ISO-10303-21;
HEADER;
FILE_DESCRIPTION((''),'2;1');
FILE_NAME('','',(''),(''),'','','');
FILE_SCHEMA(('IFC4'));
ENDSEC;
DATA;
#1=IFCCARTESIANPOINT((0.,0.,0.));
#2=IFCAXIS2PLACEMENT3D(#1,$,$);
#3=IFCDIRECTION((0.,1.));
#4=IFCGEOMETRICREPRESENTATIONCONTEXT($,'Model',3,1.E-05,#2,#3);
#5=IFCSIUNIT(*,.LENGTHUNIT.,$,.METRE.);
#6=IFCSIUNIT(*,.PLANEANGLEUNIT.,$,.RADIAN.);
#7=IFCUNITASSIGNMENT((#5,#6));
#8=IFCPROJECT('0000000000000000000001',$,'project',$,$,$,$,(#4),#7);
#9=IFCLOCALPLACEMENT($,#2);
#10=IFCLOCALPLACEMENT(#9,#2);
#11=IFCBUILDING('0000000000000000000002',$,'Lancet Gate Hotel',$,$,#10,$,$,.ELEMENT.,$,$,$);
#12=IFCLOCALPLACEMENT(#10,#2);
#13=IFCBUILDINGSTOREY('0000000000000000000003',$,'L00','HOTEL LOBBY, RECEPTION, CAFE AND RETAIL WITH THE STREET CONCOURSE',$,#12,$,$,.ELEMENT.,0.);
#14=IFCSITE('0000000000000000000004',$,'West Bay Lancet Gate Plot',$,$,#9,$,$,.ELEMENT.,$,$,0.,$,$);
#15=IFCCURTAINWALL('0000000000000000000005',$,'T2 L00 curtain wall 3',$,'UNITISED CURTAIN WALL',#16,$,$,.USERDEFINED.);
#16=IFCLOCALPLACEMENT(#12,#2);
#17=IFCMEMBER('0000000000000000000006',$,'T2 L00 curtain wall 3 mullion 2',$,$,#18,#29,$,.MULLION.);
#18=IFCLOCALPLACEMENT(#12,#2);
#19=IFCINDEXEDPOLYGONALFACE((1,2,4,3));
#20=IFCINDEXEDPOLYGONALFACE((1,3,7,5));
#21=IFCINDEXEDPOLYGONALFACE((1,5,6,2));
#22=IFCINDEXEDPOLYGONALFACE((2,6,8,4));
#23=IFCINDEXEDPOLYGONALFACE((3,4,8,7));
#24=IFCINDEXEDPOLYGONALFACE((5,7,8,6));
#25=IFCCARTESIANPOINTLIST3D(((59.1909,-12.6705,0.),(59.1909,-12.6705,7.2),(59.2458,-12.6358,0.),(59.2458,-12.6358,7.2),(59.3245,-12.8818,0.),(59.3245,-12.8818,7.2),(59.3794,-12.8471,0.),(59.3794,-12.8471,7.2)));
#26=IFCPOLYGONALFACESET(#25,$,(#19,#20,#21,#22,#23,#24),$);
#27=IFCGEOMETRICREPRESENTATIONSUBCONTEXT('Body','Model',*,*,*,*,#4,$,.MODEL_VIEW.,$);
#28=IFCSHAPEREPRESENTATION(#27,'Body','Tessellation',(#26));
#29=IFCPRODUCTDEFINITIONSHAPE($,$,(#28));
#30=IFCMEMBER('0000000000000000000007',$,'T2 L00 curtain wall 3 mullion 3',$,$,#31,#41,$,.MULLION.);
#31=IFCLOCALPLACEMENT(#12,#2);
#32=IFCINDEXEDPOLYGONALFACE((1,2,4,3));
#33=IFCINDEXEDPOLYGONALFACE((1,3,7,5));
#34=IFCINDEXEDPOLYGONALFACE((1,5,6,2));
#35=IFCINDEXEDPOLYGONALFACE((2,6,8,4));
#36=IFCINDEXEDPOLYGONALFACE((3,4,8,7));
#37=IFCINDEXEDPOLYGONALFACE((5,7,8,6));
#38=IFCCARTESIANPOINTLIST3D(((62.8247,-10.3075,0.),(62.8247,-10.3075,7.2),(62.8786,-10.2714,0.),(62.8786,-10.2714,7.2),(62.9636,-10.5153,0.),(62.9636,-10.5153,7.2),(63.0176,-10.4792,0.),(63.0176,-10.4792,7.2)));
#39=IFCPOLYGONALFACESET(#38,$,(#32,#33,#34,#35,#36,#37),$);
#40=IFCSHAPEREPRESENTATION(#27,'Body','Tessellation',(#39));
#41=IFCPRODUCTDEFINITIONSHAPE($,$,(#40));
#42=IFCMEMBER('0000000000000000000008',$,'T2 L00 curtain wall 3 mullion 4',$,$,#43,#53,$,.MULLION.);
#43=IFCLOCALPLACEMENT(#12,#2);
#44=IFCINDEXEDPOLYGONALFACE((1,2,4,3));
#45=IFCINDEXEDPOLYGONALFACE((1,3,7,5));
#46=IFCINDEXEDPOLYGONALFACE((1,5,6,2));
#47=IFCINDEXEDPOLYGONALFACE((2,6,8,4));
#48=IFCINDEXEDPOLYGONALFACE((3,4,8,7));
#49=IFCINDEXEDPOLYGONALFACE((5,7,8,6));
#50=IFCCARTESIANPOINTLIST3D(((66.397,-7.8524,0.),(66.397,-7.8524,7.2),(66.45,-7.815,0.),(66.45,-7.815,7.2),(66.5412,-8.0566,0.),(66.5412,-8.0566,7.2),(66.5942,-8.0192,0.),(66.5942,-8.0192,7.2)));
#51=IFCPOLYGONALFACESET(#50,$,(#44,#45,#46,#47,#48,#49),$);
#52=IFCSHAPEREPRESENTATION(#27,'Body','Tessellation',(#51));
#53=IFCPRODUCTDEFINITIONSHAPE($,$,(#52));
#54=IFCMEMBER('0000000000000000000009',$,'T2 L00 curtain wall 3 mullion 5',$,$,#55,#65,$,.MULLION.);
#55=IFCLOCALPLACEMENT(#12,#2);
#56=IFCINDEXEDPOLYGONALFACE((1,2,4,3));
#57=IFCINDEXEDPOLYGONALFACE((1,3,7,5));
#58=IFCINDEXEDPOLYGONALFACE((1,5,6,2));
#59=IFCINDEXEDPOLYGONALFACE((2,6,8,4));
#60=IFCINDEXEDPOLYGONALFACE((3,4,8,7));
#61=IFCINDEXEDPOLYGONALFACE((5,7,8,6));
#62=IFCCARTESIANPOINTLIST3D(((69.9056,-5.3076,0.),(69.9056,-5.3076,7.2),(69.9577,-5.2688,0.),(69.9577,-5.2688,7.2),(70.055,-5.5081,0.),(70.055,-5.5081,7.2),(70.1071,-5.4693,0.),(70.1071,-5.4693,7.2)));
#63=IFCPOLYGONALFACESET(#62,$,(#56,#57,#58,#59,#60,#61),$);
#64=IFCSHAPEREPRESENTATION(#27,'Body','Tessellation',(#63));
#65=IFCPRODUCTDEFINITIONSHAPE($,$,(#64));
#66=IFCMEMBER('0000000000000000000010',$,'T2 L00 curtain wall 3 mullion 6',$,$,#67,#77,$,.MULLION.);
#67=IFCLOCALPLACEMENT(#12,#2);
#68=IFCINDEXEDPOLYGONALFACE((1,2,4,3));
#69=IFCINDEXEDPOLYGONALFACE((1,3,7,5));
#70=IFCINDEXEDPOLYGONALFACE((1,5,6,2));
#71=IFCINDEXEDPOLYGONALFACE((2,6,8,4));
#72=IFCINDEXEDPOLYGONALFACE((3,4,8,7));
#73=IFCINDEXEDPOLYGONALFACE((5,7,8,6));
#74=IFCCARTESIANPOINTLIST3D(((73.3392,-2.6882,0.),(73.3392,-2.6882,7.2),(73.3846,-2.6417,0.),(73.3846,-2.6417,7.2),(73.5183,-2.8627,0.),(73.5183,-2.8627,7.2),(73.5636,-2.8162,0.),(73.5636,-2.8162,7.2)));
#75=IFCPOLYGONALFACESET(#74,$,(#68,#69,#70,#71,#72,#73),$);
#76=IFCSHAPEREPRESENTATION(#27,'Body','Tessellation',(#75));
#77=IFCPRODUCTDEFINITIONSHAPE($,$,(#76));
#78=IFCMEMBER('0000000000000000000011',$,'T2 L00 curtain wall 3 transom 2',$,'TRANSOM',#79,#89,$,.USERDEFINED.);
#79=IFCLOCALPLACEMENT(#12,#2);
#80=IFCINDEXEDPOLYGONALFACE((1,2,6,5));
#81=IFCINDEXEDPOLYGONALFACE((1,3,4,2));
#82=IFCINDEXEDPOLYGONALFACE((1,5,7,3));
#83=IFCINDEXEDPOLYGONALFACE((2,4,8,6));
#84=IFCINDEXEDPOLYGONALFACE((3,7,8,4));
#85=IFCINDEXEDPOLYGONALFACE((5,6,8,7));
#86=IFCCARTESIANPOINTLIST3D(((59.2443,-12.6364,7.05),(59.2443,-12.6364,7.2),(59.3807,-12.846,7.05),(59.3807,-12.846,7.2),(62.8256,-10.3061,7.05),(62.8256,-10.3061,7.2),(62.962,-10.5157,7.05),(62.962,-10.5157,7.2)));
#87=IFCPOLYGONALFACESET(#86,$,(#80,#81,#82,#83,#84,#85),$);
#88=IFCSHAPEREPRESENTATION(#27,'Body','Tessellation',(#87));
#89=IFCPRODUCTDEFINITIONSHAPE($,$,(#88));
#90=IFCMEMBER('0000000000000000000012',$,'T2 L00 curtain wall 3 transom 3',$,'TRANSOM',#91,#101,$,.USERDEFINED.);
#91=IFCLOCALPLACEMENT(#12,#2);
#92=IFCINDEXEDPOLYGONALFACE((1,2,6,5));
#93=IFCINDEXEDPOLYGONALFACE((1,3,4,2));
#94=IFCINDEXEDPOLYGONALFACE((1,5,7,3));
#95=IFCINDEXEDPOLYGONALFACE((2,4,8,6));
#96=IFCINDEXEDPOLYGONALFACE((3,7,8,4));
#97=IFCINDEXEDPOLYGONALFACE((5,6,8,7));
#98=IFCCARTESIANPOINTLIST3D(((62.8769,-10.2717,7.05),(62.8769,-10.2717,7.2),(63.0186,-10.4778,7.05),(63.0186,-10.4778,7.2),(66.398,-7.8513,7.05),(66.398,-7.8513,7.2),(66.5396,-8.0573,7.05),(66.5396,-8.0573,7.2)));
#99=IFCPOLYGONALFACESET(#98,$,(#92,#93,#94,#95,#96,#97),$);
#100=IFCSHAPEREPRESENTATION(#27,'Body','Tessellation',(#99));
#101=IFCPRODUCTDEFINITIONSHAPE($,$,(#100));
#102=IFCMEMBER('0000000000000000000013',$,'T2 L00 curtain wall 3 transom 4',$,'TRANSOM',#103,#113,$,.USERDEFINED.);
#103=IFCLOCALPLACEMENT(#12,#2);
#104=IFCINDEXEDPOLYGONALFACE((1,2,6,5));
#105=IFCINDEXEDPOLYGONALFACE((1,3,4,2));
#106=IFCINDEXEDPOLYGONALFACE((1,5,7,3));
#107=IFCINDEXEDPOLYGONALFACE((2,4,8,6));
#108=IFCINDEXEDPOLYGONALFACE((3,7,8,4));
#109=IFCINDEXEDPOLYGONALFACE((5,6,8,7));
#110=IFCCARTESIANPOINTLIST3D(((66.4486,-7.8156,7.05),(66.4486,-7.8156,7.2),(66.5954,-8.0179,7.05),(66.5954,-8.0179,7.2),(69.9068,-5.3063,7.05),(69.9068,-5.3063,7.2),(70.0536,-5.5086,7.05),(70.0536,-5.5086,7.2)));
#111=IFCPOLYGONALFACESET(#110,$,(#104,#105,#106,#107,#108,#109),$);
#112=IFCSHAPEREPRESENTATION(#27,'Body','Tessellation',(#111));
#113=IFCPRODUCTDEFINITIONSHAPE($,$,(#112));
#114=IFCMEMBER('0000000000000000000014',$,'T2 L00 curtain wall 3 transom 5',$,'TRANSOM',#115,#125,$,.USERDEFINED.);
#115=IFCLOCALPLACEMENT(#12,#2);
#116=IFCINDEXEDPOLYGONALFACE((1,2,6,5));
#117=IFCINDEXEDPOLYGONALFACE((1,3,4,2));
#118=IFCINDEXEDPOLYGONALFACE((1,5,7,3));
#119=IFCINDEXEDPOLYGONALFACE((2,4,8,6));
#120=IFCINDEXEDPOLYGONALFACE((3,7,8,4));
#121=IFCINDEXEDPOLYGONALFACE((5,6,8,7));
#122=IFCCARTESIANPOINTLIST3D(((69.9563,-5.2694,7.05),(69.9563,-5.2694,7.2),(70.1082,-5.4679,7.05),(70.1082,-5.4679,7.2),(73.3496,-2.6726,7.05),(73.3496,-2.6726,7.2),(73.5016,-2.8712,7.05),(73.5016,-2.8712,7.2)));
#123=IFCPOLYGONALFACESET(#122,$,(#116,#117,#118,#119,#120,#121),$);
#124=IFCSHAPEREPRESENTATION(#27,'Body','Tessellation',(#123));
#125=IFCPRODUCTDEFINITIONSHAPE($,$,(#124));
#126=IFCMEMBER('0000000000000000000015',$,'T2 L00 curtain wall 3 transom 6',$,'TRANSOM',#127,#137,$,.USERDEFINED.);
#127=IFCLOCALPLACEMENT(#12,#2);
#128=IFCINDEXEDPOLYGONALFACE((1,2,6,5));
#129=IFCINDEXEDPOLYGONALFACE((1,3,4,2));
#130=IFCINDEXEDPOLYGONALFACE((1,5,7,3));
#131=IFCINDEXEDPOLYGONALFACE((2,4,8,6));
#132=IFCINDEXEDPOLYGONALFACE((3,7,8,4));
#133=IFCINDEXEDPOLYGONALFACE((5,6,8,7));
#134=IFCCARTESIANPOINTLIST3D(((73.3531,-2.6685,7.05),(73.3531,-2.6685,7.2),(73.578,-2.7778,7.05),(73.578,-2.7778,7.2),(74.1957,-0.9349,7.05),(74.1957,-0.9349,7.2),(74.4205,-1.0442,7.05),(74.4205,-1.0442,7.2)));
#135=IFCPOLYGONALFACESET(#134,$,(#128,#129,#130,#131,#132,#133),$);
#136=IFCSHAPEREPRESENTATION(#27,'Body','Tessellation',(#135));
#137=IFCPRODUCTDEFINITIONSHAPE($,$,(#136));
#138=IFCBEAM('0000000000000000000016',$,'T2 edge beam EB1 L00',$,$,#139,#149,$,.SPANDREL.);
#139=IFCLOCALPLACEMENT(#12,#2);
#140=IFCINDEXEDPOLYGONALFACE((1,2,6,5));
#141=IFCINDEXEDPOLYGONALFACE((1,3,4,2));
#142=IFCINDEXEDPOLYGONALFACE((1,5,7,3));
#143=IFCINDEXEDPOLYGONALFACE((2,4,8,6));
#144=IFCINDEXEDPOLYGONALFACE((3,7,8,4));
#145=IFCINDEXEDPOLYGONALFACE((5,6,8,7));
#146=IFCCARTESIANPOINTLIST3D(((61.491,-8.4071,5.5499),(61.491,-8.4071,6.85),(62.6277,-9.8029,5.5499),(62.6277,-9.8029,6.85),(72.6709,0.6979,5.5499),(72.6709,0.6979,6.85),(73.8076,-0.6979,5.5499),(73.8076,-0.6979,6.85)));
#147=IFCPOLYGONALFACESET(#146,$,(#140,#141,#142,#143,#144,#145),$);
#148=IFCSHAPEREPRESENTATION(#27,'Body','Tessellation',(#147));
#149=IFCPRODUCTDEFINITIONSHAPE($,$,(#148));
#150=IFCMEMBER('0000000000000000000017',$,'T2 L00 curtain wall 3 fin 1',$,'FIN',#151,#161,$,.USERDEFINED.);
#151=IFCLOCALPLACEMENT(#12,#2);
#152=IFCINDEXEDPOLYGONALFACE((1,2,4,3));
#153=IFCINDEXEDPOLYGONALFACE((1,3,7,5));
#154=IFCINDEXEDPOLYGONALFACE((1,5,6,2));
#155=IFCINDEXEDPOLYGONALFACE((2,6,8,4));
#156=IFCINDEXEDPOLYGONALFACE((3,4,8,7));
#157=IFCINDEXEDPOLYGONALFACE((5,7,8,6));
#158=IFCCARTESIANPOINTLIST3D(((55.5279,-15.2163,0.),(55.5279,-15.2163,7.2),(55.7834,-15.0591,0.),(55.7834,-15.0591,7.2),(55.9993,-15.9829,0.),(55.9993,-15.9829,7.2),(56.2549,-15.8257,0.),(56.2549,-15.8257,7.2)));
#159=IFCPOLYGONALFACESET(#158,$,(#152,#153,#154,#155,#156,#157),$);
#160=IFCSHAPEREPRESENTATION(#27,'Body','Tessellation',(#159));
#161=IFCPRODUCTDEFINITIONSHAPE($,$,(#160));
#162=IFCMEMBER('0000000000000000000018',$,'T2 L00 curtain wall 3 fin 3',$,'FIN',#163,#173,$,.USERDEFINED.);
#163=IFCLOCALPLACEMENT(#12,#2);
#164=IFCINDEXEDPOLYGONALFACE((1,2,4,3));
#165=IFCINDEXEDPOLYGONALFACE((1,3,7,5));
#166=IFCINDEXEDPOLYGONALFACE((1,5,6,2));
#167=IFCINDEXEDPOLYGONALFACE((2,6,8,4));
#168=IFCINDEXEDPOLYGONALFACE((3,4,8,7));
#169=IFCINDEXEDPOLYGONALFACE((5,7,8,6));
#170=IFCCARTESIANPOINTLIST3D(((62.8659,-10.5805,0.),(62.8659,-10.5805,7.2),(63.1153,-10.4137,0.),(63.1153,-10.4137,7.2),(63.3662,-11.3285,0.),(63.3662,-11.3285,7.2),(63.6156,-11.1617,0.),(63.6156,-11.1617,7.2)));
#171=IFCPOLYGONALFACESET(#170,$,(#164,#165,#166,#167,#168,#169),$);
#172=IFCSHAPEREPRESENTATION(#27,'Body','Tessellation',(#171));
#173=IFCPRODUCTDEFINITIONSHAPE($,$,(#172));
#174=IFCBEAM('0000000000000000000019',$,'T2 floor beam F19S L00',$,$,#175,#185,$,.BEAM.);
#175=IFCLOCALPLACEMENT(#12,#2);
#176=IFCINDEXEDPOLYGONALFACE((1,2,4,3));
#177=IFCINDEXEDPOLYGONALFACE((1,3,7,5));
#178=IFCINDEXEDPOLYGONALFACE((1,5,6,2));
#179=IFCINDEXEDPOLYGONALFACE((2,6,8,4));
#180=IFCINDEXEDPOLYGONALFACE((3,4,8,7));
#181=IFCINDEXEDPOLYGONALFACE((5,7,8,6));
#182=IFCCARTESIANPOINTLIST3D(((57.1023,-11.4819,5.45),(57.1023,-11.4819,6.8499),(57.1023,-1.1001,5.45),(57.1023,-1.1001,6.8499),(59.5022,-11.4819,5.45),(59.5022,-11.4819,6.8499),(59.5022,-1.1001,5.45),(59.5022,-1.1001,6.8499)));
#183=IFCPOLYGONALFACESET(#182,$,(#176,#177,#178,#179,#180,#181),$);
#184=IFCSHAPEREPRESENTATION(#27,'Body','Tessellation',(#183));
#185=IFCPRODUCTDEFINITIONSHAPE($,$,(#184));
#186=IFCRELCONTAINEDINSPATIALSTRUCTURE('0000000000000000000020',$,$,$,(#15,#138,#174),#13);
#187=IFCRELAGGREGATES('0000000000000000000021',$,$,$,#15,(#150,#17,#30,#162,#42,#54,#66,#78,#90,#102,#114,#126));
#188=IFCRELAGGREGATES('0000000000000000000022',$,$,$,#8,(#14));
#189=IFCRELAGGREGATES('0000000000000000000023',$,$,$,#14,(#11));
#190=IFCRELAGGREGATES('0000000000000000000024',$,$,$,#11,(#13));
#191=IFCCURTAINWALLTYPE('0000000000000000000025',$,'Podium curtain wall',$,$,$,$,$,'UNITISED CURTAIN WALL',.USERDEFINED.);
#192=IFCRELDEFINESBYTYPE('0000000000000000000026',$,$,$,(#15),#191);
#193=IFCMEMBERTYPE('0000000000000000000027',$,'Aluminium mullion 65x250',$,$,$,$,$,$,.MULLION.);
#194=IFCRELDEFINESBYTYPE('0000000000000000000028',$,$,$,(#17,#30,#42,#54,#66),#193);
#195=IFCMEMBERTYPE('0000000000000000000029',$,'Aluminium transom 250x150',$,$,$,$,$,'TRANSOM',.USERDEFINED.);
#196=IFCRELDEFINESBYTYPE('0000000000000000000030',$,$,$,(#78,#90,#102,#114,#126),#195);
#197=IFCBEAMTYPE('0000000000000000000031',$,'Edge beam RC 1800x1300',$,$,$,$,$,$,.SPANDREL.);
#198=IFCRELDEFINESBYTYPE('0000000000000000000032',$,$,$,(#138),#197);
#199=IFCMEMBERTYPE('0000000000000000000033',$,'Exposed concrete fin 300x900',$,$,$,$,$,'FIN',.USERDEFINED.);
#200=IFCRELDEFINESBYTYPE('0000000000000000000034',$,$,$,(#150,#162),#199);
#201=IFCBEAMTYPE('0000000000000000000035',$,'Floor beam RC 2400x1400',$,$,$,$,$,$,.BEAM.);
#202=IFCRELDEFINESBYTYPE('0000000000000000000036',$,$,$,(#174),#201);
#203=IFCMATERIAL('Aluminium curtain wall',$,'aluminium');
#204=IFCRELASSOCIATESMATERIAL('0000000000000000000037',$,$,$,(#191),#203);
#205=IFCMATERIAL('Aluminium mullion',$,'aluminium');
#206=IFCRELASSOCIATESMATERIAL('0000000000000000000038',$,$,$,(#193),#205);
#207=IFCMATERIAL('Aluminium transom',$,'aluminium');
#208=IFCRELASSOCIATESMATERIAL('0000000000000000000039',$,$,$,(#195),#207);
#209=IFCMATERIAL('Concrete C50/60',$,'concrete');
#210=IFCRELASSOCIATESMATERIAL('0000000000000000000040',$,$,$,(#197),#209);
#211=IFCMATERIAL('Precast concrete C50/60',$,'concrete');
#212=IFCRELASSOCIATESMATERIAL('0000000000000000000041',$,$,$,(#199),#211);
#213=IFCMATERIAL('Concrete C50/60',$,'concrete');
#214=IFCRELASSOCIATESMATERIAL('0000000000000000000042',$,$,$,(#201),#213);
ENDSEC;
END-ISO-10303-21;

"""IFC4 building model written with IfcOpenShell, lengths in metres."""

from ifc_helpers import new_model, si_unit, direction, frame, origin, origin_2d, place, context, subcontext, project, spatial, rectangle, extrude, material, material_profile, profile_set, type_object, element, aggregate, save


model = new_model("IFC4")

# Units and contexts
model_context = context("Model", 3, precision=1e-05, world=origin(), true_north=direction((0.0, 1.0)))
body_context = subcontext(model_context, "Body", "Model", "MODEL_VIEW")
ifc_project = project(units=[si_unit("LENGTHUNIT", "METRE"), si_unit("PLANEANGLEUNIT", "RADIAN")], contexts=[model_context])

# Site, building, storey
site_placement = place(None, origin())
site = spatial("IfcSite", under=ifc_project, at=site_placement, Name="West Bay Lancet Gate Plot", CompositionType="ELEMENT", RefElevation=0.0)
building_placement = place(site_placement, origin())
building = spatial("IfcBuilding", under=site, at=building_placement, Name="Lancet Gate Hotel", CompositionType="ELEMENT")
storey_placement = place(building_placement, origin())
storey = spatial("IfcBuildingStorey", under=building, at=storey_placement, Name="L00", Description="HOTEL LOBBY, RECEPTION, CAFE AND RETAIL WITH THE STREET CONCOURSE", CompositionType="ELEMENT", Elevation=0.0)

# Curtain wall, members
ifc_material_1 = material(Name="Aluminium curtain wall", Category="aluminium")
curtain_wall_type = type_object("IfcCurtainWallType", Name="Podium curtain wall", ElementType="UNITISED CURTAIN WALL", PredefinedType="USERDEFINED", material=ifc_material_1)
curtain_wall_placement = place(storey_placement, origin())
curtain_wall = element("IfcCurtainWall", 1, at=curtain_wall_placement, inside=storey, type_object=curtain_wall_type, Name="T2 L00 curtain wall 3", ObjectType="UNITISED CURTAIN WALL", PredefinedType="USERDEFINED")
ifc_material_2 = material(Name="Aluminium mullion", Category="aluminium")
ifc_material_profile_1 = material_profile(ifc_material_2, rectangle(XDim=0.0649, YDim=0.25, at=origin_2d()), Name="MULLION 65x250")
ifc_profile_set_1 = profile_set([ifc_material_profile_1], Name="Aluminium mullion")
member_type_1 = type_object("IfcMemberType", Name="Aluminium mullion 65x250", PredefinedType="MULLION", material=ifc_profile_set_1)
member_1_placement = place(storey_placement, frame((59.2852, -12.7588, 0.0), z_axis=(0.0, 0.0, 1.0), x_axis=(0.845079, 0.534641, 0.0)))
member_1 = element("IfcMember", 2, at=member_1_placement, type_object=member_type_1, Name="T2 L00 curtain wall 3 mullion 2", PredefinedType="MULLION", context=body_context, shape_type="SweptSolid", body=[
    extrude(rectangle(XDim=0.0649, YDim=0.25, at=origin_2d()), origin(), (0.0, 0.0, 1.0), 7.2),
])
member_2_placement = place(storey_placement, frame((62.9211, -10.3933, 0.0), z_axis=(0.0, 0.0, 1.0), x_axis=(0.831198, 0.555976, 0.0)))
member_2 = element("IfcMember", 3, at=member_2_placement, type_object=member_type_1, Name="T2 L00 curtain wall 3 mullion 3", PredefinedType="MULLION", context=body_context, shape_type="SweptSolid", body=[
    extrude(rectangle(XDim=0.0649, YDim=0.25, at=origin_2d()), origin(), (0.0, 0.0, 1.0), 7.2),
])
member_3_placement = place(storey_placement, frame((66.4956, -7.9358, 0.0), z_axis=(0.0, 0.0, 1.0), x_axis=(0.816779, 0.576951, 0.0)))
member_3 = element("IfcMember", 4, at=member_3_placement, type_object=member_type_1, Name="T2 L00 curtain wall 3 mullion 4", PredefinedType="MULLION", context=body_context, shape_type="SweptSolid", body=[
    extrude(rectangle(XDim=0.0649, YDim=0.25, at=origin_2d()), origin(), (0.0, 0.0, 1.0), 7.2),
])
member_4_placement = place(storey_placement, frame((70.0063, -5.3884, 0.0), z_axis=(0.0, 0.0, 1.0), x_axis=(0.80183, 0.597552, 0.0)))
member_4 = element("IfcMember", 5, at=member_4_placement, type_object=member_type_1, Name="T2 L00 curtain wall 3 mullion 5", PredefinedType="MULLION", context=body_context, shape_type="SweptSolid", body=[
    extrude(rectangle(XDim=0.0649, YDim=0.25, at=origin_2d()), origin(), (0.0, 0.0, 1.0), 7.2),
])
member_5_placement = place(storey_placement, frame((73.4514, -2.7522, 0.0), z_axis=(0.0, 0.0, 1.0), x_axis=(0.697983, 0.716114, 0.0)))
member_5 = element("IfcMember", 6, at=member_5_placement, type_object=member_type_1, Name="T2 L00 curtain wall 3 mullion 6", PredefinedType="MULLION", context=body_context, shape_type="SweptSolid", body=[
    extrude(rectangle(XDim=0.0649, YDim=0.25, at=origin_2d()), origin(), (0.0, 0.0, 1.0), 7.2),
])
ifc_material_3 = material(Name="Aluminium transom", Category="aluminium")
ifc_material_profile_2 = material_profile(ifc_material_3, rectangle(XDim=0.25, YDim=0.1499, at=origin_2d()), Name="TRANSOM 250x150")
ifc_profile_set_2 = profile_set([ifc_material_profile_2], Name="Aluminium transom")
member_type_2 = type_object("IfcMemberType", Name="Aluminium transom 250x150", ElementType="TRANSOM", PredefinedType="USERDEFINED", material=ifc_profile_set_2)
member_6_placement = place(storey_placement, frame((59.3125, -12.7412, 7.125), z_axis=(0.838179, 0.545396, 0.0), x_axis=(-0.545396, 0.838179, 0.0)))
member_6 = element("IfcMember", 7, at=member_6_placement, type_object=member_type_2, Name="T2 L00 curtain wall 3 transom 2", ObjectType="TRANSOM", PredefinedType="USERDEFINED", context=body_context, shape_type="SweptSolid", body=[
    extrude(rectangle(XDim=0.25, YDim=0.1499, at=origin_2d()), origin(), (0.0, 0.0, 1.0), 4.2727),
])
member_7_placement = place(storey_placement, frame((62.9478, -10.3748, 7.125), z_axis=(0.824072, 0.566485, 0.0), x_axis=(-0.566485, 0.824072, 0.0)))
member_7 = element("IfcMember", 8, at=member_7_placement, type_object=member_type_2, Name="T2 L00 curtain wall 3 transom 3", ObjectType="TRANSOM", PredefinedType="USERDEFINED", context=body_context, shape_type="SweptSolid", body=[
    extrude(rectangle(XDim=0.25, YDim=0.1499, at=origin_2d()), origin(), (0.0, 0.0, 1.0), 4.2727),
])
member_8_placement = place(storey_placement, frame((66.522, -7.9167, 7.125), z_axis=(0.809383, 0.587281, 0.0), x_axis=(-0.587281, 0.809383, 0.0)))
member_8 = element("IfcMember", 9, at=member_8_placement, type_object=member_type_2, Name="T2 L00 curtain wall 3 transom 4", ObjectType="TRANSOM", PredefinedType="USERDEFINED", context=body_context, shape_type="SweptSolid", body=[
    extrude(rectangle(XDim=0.25, YDim=0.1499, at=origin_2d()), origin(), (0.0, 0.0, 1.0), 4.2727),
])
member_9_placement = place(storey_placement, frame((70.0322, -5.3687, 7.125), z_axis=(0.794155, 0.607715, 0.0), x_axis=(-0.607715, 0.794155, 0.0)))
member_9 = element("IfcMember", 10, at=member_9_placement, type_object=member_type_2, Name="T2 L00 curtain wall 3 transom 5", ObjectType="TRANSOM", PredefinedType="USERDEFINED", context=body_context, shape_type="SweptSolid", body=[
    extrude(rectangle(XDim=0.25, YDim=0.1499, at=origin_2d()), origin(), (0.0, 0.0, 1.0), 4.2729),
])
member_10_placement = place(storey_placement, frame((73.4656, -2.7231, 7.125), z_axis=(0.437103, 0.899411, 0.0), x_axis=(-0.899411, 0.437103, 0.0)))
member_10 = element("IfcMember", 11, at=member_10_placement, type_object=member_type_2, Name="T2 L00 curtain wall 3 transom 6", ObjectType="TRANSOM", PredefinedType="USERDEFINED", context=body_context, shape_type="SweptSolid", body=[
    extrude(rectangle(XDim=0.25, YDim=0.1499, at=origin_2d()), origin(), (0.0, 0.0, 1.0), 1.9275),
])

# Beam
ifc_material_4 = material(Name="Concrete C50/60", Category="concrete")
ifc_material_profile_3 = material_profile(ifc_material_4, rectangle(XDim=1.8, YDim=1.3, at=origin_2d()), Name="RC 1800x1300")
ifc_profile_set_3 = profile_set([ifc_material_profile_3], Name="Concrete C50/60")
beam_type_1 = type_object("IfcBeamType", Name="Edge beam RC 1800x1300", PredefinedType="SPANDREL", material=ifc_profile_set_3)
beam_1_placement = place(storey_placement, frame((62.0593, -9.105, 6.2), z_axis=(0.775391, 0.631481, 0.0), x_axis=(-0.631481, 0.775391, 0.0)))
element("IfcBeam", 12, at=beam_1_placement, inside=storey, type_object=beam_type_1, Name="T2 edge beam EB1 L00", PredefinedType="SPANDREL", context=body_context, shape_type="SweptSolid", body=[
    extrude(rectangle(XDim=1.8, YDim=1.3, at=origin_2d()), origin(), (0.0, 0.0, 1.0), 14.4185),
])

# Members
ifc_material_5 = material(Name="Precast concrete C50/60", Category="concrete")
ifc_material_profile_4 = material_profile(ifc_material_5, rectangle(XDim=0.3, YDim=0.8999, at=origin_2d()), Name="FIN 300x900")
ifc_profile_set_4 = profile_set([ifc_material_profile_4], Name="Precast concrete C50/60")
member_type_3 = type_object("IfcMemberType", Name="Exposed concrete fin 300x900", ElementType="FIN", PredefinedType="USERDEFINED", material=ifc_profile_set_4)
member_11_placement = place(storey_placement, frame((55.8914, -15.521, 0.0), z_axis=(0.0, 0.0, 1.0), x_axis=(0.851815, 0.523842, 0.0)))
member_11 = element("IfcMember", 13, at=member_11_placement, type_object=member_type_3, Name="T2 L00 curtain wall 3 fin 1", ObjectType="FIN", PredefinedType="USERDEFINED", context=body_context, shape_type="SweptSolid", body=[
    extrude(rectangle(XDim=0.3, YDim=0.8999, at=origin_2d()), origin(), (0.0, 0.0, 1.0), 7.2),
])
member_12_placement = place(storey_placement, frame((63.2407, -10.8711, 0.0), z_axis=(0.0, 0.0, 1.0), x_axis=(0.831198, 0.555976, 0.0)))
member_12 = element("IfcMember", 14, at=member_12_placement, type_object=member_type_3, Name="T2 L00 curtain wall 3 fin 3", ObjectType="FIN", PredefinedType="USERDEFINED", context=body_context, shape_type="SweptSolid", body=[
    extrude(rectangle(XDim=0.3, YDim=0.8999, at=origin_2d()), origin(), (0.0, 0.0, 1.0), 7.2),
])

# Beam
ifc_material_6 = material(Name="Concrete C50/60", Category="concrete")
ifc_material_profile_5 = material_profile(ifc_material_6, rectangle(XDim=2.3999, YDim=1.3999, at=origin_2d()), Name="RC 2400x1400")
ifc_profile_set_5 = profile_set([ifc_material_profile_5], Name="Concrete C50/60")
beam_type_2 = type_object("IfcBeamType", Name="Floor beam RC 2400x1400", PredefinedType="BEAM", material=ifc_profile_set_5)
beam_2_placement = place(storey_placement, frame((58.3022, -11.4819, 6.1499), z_axis=(0.0, 1.0, 0.0), x_axis=(-1.0, 0.0, 0.0)))
element("IfcBeam", 15, at=beam_2_placement, inside=storey, type_object=beam_type_2, Name="T2 floor beam F19S L00", PredefinedType="BEAM", context=body_context, shape_type="SweptSolid", body=[
    extrude(rectangle(XDim=2.3999, YDim=1.3999, at=origin_2d()), origin(), (0.0, 0.0, 1.0), 10.3818),
])

aggregate(curtain_wall, [member_11, member_1, member_2, member_12, member_3, member_4, member_5, member_6, member_7, member_8, member_9, member_10])

save(model, "model.ifc")
